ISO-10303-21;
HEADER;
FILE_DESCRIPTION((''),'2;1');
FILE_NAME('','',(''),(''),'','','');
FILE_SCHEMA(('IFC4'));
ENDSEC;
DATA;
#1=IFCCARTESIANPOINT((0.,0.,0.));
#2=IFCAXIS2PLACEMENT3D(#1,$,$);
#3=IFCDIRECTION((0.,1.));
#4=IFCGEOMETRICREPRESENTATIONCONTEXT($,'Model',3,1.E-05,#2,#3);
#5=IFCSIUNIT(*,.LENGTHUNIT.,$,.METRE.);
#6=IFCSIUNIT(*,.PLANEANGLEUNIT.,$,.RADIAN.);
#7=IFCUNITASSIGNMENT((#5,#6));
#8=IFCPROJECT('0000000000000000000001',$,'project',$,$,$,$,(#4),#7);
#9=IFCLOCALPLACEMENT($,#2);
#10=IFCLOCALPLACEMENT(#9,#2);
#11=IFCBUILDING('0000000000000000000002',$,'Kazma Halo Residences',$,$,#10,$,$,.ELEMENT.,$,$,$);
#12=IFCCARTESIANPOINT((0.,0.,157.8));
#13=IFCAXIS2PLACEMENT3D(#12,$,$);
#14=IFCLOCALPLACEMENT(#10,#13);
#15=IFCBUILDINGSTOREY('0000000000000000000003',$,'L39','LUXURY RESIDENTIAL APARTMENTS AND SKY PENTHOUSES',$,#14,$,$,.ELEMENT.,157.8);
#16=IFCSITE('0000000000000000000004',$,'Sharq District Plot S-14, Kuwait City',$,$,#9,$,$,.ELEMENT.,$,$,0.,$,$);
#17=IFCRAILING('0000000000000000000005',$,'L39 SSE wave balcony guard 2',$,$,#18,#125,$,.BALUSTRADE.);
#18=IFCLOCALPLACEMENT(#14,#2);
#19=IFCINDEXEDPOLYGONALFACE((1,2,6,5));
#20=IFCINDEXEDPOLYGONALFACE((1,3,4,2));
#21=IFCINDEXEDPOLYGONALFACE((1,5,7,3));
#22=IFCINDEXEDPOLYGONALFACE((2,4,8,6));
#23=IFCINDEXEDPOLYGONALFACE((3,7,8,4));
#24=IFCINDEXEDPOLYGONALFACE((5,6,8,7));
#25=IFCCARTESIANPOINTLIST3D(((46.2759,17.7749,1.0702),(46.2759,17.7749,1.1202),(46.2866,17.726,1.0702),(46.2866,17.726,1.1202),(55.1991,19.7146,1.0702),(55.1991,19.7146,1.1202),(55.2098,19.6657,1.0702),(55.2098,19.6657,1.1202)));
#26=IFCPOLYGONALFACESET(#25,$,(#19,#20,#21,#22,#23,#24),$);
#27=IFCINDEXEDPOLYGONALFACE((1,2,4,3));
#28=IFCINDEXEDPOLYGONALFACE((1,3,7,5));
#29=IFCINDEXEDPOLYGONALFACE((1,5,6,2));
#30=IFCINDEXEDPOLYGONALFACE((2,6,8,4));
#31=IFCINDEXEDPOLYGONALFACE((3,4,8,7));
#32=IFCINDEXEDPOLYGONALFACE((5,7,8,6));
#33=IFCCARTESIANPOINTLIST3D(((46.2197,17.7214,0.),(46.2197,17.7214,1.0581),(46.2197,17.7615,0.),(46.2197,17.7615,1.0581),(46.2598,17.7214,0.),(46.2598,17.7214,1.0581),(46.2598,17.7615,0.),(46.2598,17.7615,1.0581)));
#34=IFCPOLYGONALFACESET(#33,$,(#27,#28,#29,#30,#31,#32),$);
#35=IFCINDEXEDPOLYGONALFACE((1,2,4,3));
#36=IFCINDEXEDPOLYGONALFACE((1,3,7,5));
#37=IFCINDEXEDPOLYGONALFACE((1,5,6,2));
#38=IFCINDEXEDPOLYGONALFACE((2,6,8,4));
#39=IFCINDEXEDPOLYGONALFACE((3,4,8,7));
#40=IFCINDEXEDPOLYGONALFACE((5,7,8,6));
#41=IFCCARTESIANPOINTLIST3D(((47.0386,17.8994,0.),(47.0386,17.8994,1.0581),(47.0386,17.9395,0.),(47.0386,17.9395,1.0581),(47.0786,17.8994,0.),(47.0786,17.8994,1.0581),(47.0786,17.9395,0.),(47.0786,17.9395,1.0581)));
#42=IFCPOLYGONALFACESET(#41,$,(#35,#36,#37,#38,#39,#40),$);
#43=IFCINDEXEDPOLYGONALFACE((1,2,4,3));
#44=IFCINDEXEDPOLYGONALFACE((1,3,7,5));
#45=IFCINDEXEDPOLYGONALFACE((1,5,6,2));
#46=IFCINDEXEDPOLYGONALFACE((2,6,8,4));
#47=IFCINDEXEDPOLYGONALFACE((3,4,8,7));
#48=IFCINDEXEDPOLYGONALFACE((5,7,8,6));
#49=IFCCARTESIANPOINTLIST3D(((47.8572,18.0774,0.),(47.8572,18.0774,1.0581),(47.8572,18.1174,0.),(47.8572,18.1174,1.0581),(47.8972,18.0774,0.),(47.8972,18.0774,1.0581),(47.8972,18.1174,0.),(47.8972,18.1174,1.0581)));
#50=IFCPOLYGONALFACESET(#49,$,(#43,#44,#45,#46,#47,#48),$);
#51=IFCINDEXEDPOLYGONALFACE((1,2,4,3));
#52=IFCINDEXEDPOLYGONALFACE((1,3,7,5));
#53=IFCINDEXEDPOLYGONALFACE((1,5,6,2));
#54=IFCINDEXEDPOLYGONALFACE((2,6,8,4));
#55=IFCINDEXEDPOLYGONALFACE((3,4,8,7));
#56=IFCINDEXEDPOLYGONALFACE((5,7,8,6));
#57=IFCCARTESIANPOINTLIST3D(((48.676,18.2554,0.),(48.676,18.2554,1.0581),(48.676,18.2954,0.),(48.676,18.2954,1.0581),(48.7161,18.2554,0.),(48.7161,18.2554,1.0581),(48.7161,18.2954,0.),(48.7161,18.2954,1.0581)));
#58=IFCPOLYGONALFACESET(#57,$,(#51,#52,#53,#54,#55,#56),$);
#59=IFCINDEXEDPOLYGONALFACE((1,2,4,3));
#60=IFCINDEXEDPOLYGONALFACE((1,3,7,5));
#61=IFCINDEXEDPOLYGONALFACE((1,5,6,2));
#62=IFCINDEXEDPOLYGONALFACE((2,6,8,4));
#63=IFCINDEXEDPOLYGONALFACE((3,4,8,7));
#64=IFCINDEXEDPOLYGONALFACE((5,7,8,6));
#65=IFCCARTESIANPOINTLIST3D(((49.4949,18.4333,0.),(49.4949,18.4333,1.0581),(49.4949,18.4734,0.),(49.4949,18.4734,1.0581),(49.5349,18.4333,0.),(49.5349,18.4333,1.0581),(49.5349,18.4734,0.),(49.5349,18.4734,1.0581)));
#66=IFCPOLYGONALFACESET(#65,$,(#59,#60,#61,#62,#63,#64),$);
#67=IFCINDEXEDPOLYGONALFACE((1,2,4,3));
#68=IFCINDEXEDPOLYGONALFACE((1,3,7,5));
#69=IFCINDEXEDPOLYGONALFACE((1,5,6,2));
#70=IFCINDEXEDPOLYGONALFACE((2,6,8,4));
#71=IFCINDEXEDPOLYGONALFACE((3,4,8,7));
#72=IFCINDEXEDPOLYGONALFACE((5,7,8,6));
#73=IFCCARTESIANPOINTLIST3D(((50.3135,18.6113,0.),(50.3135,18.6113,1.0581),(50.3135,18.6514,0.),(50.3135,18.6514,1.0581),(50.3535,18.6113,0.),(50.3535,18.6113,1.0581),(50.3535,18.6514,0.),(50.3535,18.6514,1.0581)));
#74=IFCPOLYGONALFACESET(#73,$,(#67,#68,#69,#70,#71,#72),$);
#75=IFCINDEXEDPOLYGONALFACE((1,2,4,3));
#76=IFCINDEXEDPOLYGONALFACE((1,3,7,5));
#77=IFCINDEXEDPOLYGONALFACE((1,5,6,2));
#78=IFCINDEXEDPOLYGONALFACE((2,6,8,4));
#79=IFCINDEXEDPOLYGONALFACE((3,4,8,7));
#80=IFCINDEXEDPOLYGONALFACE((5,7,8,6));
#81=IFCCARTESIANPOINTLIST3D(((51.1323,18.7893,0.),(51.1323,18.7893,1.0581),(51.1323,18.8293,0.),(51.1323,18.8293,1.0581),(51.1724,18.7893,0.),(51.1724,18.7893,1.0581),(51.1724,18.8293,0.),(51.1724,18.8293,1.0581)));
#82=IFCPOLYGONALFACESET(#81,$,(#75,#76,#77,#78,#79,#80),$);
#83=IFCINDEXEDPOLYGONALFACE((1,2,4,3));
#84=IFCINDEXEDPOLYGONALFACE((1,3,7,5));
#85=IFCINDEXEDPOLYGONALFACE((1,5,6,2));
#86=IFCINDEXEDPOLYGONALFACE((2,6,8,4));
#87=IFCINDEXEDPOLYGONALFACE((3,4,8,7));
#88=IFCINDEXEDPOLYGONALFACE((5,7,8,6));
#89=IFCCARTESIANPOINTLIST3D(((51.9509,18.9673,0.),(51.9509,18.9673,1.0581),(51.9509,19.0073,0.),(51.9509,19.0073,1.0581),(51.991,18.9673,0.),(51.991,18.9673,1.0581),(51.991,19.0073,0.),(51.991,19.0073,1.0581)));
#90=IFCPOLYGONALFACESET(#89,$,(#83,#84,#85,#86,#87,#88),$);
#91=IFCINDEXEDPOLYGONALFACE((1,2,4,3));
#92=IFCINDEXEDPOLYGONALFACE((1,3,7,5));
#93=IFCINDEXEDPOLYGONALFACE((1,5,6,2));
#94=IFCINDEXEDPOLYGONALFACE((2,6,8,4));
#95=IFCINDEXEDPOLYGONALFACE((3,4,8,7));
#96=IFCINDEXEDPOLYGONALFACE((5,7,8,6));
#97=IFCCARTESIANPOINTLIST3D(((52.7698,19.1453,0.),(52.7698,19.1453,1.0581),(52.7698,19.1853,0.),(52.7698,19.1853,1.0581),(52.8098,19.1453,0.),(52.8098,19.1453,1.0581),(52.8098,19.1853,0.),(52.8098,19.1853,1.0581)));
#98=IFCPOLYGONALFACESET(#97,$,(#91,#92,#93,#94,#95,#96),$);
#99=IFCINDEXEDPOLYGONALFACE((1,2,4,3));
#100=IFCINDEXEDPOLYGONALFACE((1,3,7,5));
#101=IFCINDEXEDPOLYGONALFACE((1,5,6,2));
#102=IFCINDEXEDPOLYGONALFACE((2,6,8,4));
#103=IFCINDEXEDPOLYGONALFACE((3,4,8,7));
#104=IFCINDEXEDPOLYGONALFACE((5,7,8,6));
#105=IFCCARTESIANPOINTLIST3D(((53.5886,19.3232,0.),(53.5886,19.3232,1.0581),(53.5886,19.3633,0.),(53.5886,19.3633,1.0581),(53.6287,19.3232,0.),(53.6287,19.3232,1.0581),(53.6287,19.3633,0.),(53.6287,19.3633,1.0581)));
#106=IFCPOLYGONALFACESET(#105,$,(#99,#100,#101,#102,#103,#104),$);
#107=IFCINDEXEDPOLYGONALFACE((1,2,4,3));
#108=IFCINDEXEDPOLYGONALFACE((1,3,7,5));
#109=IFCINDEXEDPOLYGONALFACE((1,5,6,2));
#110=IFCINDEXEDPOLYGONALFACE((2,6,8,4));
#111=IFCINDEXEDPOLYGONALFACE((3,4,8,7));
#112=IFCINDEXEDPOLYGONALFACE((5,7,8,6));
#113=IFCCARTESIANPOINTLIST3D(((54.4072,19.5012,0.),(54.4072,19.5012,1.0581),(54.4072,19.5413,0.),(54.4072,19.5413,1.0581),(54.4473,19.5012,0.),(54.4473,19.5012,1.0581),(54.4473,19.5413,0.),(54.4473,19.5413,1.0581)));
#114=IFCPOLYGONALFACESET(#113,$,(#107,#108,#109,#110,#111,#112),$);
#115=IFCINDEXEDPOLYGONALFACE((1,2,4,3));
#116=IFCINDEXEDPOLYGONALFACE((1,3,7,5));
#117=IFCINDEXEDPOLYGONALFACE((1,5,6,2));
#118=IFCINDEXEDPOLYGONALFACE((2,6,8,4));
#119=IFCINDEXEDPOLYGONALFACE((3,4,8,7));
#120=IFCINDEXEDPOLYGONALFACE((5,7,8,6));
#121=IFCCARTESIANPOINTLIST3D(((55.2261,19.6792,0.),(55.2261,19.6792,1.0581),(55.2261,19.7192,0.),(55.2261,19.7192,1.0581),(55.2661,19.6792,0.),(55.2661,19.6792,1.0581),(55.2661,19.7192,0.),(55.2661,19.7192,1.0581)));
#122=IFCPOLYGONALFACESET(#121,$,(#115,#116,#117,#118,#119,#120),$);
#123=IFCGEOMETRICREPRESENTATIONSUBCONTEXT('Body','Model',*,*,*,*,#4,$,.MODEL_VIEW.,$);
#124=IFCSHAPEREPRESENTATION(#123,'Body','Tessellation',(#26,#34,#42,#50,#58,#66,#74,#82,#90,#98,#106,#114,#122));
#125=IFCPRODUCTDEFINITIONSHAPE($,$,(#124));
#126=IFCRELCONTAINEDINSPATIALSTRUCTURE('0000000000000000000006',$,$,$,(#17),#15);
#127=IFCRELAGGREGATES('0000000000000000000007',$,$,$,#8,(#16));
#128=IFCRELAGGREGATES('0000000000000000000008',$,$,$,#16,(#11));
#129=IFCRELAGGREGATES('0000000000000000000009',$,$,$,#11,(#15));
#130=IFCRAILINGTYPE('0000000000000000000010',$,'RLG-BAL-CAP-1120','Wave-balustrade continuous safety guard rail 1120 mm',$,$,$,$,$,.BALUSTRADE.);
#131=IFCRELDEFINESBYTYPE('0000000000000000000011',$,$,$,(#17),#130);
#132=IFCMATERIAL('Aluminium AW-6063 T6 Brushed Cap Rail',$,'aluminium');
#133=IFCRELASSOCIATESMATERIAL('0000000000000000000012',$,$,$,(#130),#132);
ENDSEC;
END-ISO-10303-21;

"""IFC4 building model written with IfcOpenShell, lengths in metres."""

from ifc_helpers import new_model, si_unit, direction, frame, origin, origin_2d, place, context, subcontext, project, spatial, rectangle, extrude, material, type_object, element, save


model = new_model("IFC4")

# Units and contexts
model_context = context("Model", 3, precision=1e-05, world=origin(), true_north=direction((0.0, 1.0)))
body_context = subcontext(model_context, "Body", "Model", "MODEL_VIEW")
ifc_project = project(units=[si_unit("LENGTHUNIT", "METRE"), si_unit("PLANEANGLEUNIT", "RADIAN")], contexts=[model_context])

# Site, building, storey
site_placement = place(None, origin())
site = spatial("IfcSite", under=ifc_project, at=site_placement, Name="Sharq District Plot S-14, Kuwait City", CompositionType="ELEMENT", RefElevation=0.0)
building_placement = place(site_placement, origin())
building = spatial("IfcBuilding", under=site, at=building_placement, Name="Kazma Halo Residences", CompositionType="ELEMENT")
storey_placement = place(building_placement, frame((0.0, 0.0, 157.8)))
storey = spatial("IfcBuildingStorey", under=building, at=storey_placement, Name="L39", Description="LUXURY RESIDENTIAL APARTMENTS AND SKY PENTHOUSES", CompositionType="ELEMENT", Elevation=157.8)

# Railing
ifc_material_1 = material(Name="Aluminium AW-6063 T6 Brushed Cap Rail", Category="aluminium")
railing_type = type_object("IfcRailingType", Name="RLG-BAL-CAP-1120", Description="Wave-balustrade continuous safety guard rail 1120 mm", PredefinedType="BALUSTRADE", material=ifc_material_1)
railing_1_placement = place(storey_placement, frame((46.2397, 17.7415, 0.0)))
element("IfcRailing", 1, at=railing_1_placement, inside=storey, type_object=railing_type, Name="L39 SSE wave balcony guard 2", PredefinedType="BALUSTRADE", context=body_context, shape_type="SweptSolid", body=[
    extrude(rectangle(XDim=0.05, YDim=0.05, at=origin_2d()), frame((0.0415, 0.009, 1.0952), z_axis=(0.977179, 0.212415, 0.0), x_axis=(-0.212415, 0.977179, 0.0)), (0.0, 0.0, 1.0), 9.1316),
    extrude(rectangle(XDim=0.04, YDim=0.04, at=origin_2d()), origin(), (0.0, 0.0, 1.0), 1.0581),
    extrude(rectangle(XDim=0.04, YDim=0.04, at=origin_2d()), frame((0.8188, 0.178, 0.0)), (0.0, 0.0, 1.0), 1.0581),
    extrude(rectangle(XDim=0.04, YDim=0.04, at=origin_2d()), frame((1.6375, 0.356, 0.0)), (0.0, 0.0, 1.0), 1.0581),
    extrude(rectangle(XDim=0.04, YDim=0.04, at=origin_2d()), frame((2.4563, 0.5339, 0.0)), (0.0, 0.0, 1.0), 1.0581),
    extrude(rectangle(XDim=0.04, YDim=0.04, at=origin_2d()), frame((3.2751, 0.7119, 0.0)), (0.0, 0.0, 1.0), 1.0581),
    extrude(rectangle(XDim=0.04, YDim=0.04, at=origin_2d()), frame((4.0938, 0.8899, 0.0)), (0.0, 0.0, 1.0), 1.0581),
    extrude(rectangle(XDim=0.04, YDim=0.04, at=origin_2d()), frame((4.9126, 1.0679, 0.0)), (0.0, 0.0, 1.0), 1.0581),
    extrude(rectangle(XDim=0.04, YDim=0.04, at=origin_2d()), frame((5.7312, 1.2458, 0.0)), (0.0, 0.0, 1.0), 1.0581),
    extrude(rectangle(XDim=0.04, YDim=0.04, at=origin_2d()), frame((6.55, 1.4238, 0.0)), (0.0, 0.0, 1.0), 1.0581),
    extrude(rectangle(XDim=0.04, YDim=0.04, at=origin_2d()), frame((7.3689, 1.6018, 0.0)), (0.0, 0.0, 1.0), 1.0581),
    extrude(rectangle(XDim=0.04, YDim=0.04, at=origin_2d()), frame((8.1875, 1.7798, 0.0)), (0.0, 0.0, 1.0), 1.0581),
    extrude(rectangle(XDim=0.04, YDim=0.04, at=origin_2d()), frame((9.0063, 1.9578, 0.0)), (0.0, 0.0, 1.0), 1.0581),
])

save(model, "model.ifc")
